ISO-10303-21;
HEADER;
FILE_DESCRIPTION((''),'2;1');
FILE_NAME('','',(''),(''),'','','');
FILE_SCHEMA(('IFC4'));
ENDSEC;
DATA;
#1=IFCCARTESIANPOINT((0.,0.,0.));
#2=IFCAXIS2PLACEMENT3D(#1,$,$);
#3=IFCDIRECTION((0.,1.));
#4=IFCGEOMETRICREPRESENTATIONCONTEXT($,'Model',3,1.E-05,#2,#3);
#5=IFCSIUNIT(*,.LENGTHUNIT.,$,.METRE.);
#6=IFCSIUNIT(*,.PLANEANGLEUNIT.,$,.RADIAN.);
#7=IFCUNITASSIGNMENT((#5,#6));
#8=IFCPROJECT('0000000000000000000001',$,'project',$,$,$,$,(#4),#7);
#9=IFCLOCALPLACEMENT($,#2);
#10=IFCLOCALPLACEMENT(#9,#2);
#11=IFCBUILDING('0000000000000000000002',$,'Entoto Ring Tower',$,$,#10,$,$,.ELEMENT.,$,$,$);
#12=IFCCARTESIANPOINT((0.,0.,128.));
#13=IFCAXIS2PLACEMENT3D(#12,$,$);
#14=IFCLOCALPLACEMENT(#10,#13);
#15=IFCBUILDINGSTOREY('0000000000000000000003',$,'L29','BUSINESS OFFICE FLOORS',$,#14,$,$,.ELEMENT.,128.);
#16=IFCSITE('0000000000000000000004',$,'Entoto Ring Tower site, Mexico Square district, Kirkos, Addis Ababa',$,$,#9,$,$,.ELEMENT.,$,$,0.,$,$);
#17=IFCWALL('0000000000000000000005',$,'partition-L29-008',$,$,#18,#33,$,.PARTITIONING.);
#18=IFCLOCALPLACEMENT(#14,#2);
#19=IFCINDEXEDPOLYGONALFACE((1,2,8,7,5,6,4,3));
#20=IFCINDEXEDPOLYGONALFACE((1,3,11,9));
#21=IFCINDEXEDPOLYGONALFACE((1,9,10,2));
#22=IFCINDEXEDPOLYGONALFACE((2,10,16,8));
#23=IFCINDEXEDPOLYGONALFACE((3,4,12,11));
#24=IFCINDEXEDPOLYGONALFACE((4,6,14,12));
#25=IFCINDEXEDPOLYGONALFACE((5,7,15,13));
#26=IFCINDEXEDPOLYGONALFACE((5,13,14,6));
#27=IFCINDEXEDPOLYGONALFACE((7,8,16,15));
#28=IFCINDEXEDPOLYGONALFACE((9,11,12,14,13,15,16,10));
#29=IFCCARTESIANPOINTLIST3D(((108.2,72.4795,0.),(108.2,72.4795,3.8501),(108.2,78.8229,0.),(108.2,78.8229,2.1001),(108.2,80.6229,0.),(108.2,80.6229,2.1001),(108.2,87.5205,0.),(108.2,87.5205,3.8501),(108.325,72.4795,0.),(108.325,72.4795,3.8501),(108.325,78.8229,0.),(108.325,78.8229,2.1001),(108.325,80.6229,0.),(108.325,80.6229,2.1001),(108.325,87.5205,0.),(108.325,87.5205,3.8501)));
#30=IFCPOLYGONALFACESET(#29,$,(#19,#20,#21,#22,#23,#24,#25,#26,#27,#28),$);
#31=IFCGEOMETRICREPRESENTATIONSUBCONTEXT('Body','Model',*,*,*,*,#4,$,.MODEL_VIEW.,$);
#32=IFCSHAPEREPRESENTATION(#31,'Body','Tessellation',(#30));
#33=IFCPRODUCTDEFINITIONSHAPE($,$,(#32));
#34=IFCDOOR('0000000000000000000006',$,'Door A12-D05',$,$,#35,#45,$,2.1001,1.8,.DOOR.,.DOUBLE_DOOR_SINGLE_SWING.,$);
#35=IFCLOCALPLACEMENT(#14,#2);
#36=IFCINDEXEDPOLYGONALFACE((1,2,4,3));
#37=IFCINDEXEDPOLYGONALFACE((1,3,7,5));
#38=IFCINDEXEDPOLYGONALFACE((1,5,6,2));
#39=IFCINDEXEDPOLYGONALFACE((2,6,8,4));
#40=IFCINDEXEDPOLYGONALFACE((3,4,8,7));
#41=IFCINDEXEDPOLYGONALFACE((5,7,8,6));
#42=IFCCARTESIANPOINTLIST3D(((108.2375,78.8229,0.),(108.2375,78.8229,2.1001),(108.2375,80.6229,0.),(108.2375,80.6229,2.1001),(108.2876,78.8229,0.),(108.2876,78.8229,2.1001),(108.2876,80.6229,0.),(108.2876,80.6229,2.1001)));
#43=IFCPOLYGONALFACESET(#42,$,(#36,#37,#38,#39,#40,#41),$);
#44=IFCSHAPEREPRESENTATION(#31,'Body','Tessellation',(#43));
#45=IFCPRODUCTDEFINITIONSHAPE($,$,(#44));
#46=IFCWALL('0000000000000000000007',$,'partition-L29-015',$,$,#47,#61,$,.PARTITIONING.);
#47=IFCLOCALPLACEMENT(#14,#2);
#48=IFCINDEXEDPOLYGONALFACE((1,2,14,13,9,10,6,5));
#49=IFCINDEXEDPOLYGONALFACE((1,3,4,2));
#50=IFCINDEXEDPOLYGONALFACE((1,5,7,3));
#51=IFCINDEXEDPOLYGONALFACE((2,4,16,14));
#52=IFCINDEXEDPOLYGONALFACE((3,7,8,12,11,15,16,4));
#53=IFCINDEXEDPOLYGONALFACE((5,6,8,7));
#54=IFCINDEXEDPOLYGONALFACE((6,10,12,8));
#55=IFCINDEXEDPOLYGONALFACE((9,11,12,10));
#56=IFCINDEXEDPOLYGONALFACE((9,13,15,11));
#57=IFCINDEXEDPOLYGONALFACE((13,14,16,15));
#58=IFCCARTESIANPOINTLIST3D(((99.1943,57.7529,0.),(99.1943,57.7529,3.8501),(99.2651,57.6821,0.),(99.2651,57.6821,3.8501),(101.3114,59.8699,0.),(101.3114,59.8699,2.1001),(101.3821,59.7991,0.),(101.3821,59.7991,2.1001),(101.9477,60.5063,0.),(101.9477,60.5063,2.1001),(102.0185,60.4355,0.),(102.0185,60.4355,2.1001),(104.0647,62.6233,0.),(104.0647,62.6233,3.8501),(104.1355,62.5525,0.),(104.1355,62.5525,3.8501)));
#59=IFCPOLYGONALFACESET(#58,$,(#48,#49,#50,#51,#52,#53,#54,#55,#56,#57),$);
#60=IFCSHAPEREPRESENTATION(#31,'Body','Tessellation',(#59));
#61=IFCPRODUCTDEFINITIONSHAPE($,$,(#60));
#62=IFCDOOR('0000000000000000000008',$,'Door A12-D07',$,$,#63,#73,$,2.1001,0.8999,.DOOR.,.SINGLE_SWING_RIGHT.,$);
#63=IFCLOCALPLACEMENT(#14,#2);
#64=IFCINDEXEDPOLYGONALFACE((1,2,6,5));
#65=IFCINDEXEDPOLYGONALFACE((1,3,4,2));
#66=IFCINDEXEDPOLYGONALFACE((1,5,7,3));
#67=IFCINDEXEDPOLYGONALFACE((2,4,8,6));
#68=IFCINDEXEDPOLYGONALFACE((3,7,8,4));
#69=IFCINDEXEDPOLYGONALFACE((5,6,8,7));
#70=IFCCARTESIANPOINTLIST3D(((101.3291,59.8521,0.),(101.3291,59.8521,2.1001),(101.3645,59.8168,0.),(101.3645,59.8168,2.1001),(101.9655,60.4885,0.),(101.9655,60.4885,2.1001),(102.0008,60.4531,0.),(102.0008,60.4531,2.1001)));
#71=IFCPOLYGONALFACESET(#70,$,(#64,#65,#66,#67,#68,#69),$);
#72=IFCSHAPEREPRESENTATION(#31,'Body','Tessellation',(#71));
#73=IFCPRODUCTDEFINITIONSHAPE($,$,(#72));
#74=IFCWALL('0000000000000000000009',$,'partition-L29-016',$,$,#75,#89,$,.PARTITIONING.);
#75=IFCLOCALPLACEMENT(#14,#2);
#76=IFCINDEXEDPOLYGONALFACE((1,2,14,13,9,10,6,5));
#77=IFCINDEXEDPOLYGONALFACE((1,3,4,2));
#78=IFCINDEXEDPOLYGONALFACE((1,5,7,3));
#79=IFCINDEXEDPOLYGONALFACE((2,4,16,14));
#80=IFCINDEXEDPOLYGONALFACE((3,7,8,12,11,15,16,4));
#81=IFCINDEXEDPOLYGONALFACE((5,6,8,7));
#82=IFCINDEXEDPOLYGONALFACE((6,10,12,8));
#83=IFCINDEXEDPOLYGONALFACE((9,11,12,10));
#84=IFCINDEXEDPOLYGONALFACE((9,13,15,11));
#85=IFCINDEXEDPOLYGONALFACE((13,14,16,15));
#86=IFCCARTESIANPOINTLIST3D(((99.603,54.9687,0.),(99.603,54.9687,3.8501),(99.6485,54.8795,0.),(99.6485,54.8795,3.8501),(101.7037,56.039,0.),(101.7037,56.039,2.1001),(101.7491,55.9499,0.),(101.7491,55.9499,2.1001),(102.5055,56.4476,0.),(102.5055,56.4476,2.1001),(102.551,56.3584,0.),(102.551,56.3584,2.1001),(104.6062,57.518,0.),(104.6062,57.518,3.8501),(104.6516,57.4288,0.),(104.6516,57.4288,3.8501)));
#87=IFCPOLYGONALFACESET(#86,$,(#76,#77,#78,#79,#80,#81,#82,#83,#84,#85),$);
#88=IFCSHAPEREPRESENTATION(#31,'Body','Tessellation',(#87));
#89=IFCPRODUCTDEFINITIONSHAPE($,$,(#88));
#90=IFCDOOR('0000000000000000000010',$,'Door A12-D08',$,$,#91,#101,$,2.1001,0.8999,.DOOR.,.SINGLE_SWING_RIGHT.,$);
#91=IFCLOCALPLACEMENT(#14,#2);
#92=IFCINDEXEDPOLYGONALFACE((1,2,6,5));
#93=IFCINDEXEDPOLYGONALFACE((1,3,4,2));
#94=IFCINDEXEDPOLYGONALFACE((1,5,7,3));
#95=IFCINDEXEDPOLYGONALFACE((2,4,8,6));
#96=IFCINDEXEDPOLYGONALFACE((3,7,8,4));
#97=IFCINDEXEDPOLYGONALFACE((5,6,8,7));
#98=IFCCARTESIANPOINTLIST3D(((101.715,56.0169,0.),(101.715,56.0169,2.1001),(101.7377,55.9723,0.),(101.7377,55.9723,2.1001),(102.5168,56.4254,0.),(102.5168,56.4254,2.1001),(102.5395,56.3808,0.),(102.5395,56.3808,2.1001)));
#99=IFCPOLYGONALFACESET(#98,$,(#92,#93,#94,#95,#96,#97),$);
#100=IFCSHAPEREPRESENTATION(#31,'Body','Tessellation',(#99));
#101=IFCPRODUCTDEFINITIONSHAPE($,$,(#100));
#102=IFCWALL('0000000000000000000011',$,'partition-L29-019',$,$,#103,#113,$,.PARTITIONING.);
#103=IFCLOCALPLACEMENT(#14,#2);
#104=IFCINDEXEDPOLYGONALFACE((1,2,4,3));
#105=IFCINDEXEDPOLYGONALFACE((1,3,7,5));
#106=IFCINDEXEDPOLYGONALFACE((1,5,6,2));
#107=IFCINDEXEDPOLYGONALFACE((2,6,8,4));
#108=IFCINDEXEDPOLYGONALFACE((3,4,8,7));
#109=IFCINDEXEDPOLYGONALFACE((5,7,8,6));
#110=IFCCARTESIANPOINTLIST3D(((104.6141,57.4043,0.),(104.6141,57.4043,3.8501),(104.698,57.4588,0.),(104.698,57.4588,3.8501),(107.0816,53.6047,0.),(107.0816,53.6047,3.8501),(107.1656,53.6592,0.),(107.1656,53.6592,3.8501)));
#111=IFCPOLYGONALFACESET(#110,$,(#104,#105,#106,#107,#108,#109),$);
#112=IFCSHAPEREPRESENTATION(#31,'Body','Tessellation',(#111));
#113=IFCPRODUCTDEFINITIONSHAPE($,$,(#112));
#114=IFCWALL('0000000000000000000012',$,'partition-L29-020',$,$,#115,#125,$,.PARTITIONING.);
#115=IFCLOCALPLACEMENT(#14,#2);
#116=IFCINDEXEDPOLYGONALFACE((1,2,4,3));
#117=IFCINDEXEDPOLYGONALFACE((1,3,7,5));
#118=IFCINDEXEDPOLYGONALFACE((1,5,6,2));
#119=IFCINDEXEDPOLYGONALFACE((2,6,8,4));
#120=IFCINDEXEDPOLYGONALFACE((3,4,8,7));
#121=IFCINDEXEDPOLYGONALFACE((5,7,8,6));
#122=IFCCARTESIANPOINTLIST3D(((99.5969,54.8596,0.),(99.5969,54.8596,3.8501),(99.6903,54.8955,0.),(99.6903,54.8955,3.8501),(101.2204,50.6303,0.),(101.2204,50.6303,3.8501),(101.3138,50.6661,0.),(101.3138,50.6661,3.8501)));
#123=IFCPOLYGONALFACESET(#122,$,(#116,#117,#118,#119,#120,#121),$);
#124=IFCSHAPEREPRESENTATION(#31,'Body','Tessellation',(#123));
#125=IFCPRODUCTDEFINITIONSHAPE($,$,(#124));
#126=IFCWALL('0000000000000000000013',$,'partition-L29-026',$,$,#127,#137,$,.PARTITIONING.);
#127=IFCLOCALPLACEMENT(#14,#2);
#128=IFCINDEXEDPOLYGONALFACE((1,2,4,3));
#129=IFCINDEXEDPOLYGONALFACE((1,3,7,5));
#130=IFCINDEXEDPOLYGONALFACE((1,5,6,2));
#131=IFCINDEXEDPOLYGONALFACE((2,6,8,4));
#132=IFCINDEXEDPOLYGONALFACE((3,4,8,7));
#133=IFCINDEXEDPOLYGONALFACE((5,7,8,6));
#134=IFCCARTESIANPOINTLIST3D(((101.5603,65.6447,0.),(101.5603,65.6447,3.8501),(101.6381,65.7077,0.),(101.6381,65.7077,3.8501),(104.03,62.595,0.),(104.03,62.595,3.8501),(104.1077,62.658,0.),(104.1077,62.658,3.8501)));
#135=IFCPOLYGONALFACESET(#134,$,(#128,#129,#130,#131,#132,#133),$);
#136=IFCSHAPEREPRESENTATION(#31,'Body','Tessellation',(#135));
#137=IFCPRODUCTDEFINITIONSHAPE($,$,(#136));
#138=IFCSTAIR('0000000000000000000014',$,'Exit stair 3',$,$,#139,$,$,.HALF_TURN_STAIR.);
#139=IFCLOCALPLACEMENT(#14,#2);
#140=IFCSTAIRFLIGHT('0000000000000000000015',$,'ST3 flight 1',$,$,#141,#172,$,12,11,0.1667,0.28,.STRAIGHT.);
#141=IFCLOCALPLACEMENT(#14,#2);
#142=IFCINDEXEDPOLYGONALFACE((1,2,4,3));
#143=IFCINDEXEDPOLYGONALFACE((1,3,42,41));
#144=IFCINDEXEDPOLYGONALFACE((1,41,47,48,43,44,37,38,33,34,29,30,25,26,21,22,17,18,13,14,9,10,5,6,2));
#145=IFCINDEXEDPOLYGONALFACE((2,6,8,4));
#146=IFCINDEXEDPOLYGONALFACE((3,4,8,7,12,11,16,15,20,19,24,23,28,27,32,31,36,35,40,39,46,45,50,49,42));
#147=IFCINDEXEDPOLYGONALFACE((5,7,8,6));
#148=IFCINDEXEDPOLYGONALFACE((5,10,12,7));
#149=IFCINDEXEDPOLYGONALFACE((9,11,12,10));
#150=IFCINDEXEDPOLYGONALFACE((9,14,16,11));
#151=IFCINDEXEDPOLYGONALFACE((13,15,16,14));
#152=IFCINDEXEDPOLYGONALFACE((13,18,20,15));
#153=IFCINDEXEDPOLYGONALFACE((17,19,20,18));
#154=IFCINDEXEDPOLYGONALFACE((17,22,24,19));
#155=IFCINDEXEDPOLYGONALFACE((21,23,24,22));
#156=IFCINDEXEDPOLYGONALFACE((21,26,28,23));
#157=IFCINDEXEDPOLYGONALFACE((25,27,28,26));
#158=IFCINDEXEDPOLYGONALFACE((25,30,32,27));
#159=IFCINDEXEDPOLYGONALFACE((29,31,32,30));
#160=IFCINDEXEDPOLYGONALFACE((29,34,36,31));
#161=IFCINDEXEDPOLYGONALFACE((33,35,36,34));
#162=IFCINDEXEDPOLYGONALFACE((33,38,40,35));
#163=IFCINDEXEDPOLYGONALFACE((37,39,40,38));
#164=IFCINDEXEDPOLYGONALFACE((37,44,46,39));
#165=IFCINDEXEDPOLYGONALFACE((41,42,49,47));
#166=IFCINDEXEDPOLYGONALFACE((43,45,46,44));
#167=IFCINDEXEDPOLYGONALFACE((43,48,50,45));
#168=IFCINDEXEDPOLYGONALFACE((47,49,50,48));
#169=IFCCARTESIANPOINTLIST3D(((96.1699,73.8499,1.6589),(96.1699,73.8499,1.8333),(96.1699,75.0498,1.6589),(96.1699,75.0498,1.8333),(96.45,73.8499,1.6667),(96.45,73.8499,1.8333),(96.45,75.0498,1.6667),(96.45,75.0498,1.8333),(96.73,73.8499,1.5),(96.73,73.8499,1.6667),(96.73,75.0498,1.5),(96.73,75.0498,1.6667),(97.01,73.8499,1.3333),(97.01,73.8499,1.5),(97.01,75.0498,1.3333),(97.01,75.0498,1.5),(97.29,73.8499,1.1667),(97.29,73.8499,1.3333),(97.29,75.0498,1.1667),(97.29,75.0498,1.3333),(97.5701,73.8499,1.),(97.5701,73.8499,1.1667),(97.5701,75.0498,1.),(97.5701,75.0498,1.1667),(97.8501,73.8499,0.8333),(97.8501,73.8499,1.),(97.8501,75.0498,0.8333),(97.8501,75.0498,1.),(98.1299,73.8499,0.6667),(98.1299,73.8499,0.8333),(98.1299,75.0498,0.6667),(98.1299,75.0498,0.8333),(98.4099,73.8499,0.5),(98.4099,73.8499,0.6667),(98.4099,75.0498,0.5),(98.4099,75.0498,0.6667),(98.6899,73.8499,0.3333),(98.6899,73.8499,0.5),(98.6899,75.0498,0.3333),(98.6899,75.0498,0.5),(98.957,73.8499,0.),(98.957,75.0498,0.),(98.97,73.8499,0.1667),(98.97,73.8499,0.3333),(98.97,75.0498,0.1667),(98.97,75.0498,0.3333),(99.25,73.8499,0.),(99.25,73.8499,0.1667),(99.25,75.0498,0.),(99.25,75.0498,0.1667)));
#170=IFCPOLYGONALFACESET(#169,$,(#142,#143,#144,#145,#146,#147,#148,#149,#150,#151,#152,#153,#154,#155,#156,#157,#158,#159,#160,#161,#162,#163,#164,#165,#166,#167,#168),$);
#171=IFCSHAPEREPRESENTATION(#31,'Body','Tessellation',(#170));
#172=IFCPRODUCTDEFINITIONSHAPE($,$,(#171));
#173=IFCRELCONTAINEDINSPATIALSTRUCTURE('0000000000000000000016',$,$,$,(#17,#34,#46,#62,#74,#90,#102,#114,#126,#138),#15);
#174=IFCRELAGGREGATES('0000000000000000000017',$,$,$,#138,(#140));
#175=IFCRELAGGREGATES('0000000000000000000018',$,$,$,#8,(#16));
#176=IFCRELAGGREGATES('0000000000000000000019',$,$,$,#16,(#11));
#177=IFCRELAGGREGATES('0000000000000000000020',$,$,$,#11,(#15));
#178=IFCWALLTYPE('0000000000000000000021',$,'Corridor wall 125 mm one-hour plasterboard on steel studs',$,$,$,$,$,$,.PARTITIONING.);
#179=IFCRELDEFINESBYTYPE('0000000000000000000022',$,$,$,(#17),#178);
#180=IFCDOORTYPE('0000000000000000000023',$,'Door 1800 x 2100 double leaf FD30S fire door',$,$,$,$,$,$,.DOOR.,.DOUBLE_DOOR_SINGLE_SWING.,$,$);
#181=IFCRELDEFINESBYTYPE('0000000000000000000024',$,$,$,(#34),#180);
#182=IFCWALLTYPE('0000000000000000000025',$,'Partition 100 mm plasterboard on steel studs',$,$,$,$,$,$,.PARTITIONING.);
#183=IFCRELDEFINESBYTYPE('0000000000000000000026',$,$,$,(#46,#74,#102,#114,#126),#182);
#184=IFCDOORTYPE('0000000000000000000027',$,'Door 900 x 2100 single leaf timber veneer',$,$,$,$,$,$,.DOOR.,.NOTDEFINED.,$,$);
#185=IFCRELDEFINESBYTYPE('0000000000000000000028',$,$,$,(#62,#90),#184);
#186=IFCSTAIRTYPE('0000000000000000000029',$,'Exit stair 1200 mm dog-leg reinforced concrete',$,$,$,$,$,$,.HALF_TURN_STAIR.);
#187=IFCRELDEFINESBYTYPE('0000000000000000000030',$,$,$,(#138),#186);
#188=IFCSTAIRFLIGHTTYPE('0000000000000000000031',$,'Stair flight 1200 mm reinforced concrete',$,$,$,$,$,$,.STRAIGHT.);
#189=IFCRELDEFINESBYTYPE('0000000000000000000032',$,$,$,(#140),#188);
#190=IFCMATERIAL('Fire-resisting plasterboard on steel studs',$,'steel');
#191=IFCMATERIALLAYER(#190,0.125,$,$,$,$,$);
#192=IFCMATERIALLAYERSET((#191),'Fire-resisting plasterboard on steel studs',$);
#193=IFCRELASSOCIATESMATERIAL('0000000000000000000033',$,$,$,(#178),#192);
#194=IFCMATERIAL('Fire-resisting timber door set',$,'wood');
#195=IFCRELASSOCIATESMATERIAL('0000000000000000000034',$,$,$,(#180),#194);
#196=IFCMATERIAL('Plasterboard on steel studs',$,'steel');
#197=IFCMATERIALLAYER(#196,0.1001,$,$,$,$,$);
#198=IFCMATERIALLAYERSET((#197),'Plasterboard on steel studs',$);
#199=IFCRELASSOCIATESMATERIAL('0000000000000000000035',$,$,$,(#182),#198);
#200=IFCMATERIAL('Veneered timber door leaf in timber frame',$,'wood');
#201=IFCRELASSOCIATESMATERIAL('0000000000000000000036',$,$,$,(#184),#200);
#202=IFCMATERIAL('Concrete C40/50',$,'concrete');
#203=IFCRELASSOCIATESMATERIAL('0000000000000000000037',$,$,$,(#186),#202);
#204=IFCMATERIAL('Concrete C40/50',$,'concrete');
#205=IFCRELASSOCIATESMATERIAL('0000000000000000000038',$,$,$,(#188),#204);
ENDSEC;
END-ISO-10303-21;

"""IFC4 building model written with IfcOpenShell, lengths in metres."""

from ifc_helpers import new_model, si_unit, direction, frame, frame_2d, origin, place, context, subcontext, project, spatial, polyline, rectangle, outline, extrude, material, layer, layer_set, type_object, element, fill, aggregate, save


model = new_model("IFC4")

# Units and contexts
model_context = context("Model", 3, precision=1e-05, world=origin(), true_north=direction((0.0, 1.0)))
body_context = subcontext(model_context, "Body", "Model", "MODEL_VIEW")
ifc_project = project(units=[si_unit("LENGTHUNIT", "METRE"), si_unit("PLANEANGLEUNIT", "RADIAN")], contexts=[model_context])

# Site, building, storey
site_placement = place(None, origin())
site = spatial("IfcSite", under=ifc_project, at=site_placement, Name="Entoto Ring Tower site, Mexico Square district, Kirkos, Addis Ababa", CompositionType="ELEMENT", RefElevation=0.0)
building_placement = place(site_placement, origin())
building = spatial("IfcBuilding", under=site, at=building_placement, Name="Entoto Ring Tower", CompositionType="ELEMENT")
storey_placement = place(building_placement, frame((0.0, 0.0, 128.0)))
storey = spatial("IfcBuildingStorey", under=building, at=storey_placement, Name="L29", Description="BUSINESS OFFICE FLOORS", CompositionType="ELEMENT", Elevation=128.0)

# Walls, openings, doors
ifc_material_1 = material(Name="Fire-resisting plasterboard on steel studs", Category="steel")
ifc_layer_1 = layer(ifc_material_1, 0.125)
ifc_layer_set_1 = layer_set([ifc_layer_1], Name="Fire-resisting plasterboard on steel studs")
wall_type_1 = type_object("IfcWallType", Name="Corridor wall 125 mm one-hour plasterboard on steel studs", PredefinedType="PARTITIONING", material=ifc_layer_set_1)
wall_1_placement = place(storey_placement, frame((108.2625, 72.4795, 0.0), z_axis=(0.0, 0.0, 1.0), x_axis=(0.0, 1.0, 0.0)))
wall_1 = element("IfcWall", 1, at=wall_1_placement, inside=storey, type_object=wall_type_1, Name="partition-L29-008", PredefinedType="PARTITIONING", context=body_context, shape_type="SweptSolid", body=[
    extrude(rectangle(XDim=15.041, YDim=0.125, at=frame_2d((7.5205, 0.0))), origin(), (0.0, 0.0, 1.0), 3.8501),
])
opening_1_placement = place(wall_1_placement, frame((6.3435, 0.0, 0.0)))
opening_1 = element("IfcOpeningElement", 2, at=opening_1_placement, cuts=wall_1, PredefinedType="OPENING", context=body_context, shape_type="SweptSolid", body=[
    extrude(rectangle(XDim=1.8, YDim=2.1001, at=frame_2d((0.8999, 1.05))), frame((0.0, 0.0725, 0.0), z_axis=(0.0, -1.0, 0.0), x_axis=(1.0, 0.0, 0.0)), (0.0, 0.0, 1.0), 0.145),
])
ifc_material_2 = material(Name="Fire-resisting timber door set", Category="wood")
door_type_1 = type_object("IfcDoorType", Name="Door 1800 x 2100 double leaf FD30S fire door", OperationType="DOUBLE_DOOR_SINGLE_SWING", PredefinedType="DOOR", material=ifc_material_2)
door_1_placement = place(opening_1_placement, origin())
door_1 = element("IfcDoor", 3, at=door_1_placement, inside=storey, type_object=door_type_1, Name="Door A12-D05", OperationType="DOUBLE_DOOR_SINGLE_SWING", OverallHeight=2.1001, OverallWidth=1.8, PredefinedType="DOOR", context=body_context, shape_type="SweptSolid", body=[
    extrude(rectangle(XDim=1.8, YDim=2.1001, at=frame_2d((0.8999, 1.05))), frame((0.0, 0.0249, 0.0), z_axis=(0.0, -1.0, 0.0), x_axis=(1.0, 0.0, 0.0)), (0.0, 0.0, 1.0), 0.05),
])
fill(opening_1, door_1)
ifc_material_3 = material(Name="Plasterboard on steel studs", Category="steel")
ifc_layer_2 = layer(ifc_material_3, 0.1001)
ifc_layer_set_2 = layer_set([ifc_layer_2], Name="Plasterboard on steel studs")
wall_type_2 = type_object("IfcWallType", Name="Partition 100 mm plasterboard on steel studs", PredefinedType="PARTITIONING", material=ifc_layer_set_2)
wall_2_placement = place(storey_placement, frame((99.2297, 57.7175, 0.0), z_axis=(0.0, 0.0, 1.0), x_axis=(0.707107, 0.707107, 0.0)))
wall_2 = element("IfcWall", 4, at=wall_2_placement, inside=storey, type_object=wall_type_2, Name="partition-L29-015", PredefinedType="PARTITIONING", context=body_context, shape_type="SweptSolid", body=[
    extrude(rectangle(XDim=6.8877, YDim=0.1001, at=frame_2d((3.4438, 0.0))), origin(), (0.0, 0.0, 1.0), 3.8501),
])
opening_2_placement = place(wall_2_placement, frame((2.9939, 0.0, 0.0)))
opening_2 = element("IfcOpeningElement", 5, at=opening_2_placement, cuts=wall_2, PredefinedType="OPENING", context=body_context, shape_type="SweptSolid", body=[
    extrude(rectangle(XDim=0.8999, YDim=2.1001, at=frame_2d((0.45, 1.05))), frame((0.0, 0.0601, 0.0), z_axis=(0.0, -1.0, 0.0), x_axis=(1.0, 0.0, 0.0)), (0.0, 0.0, 1.0), 0.1201),
])
ifc_material_4 = material(Name="Veneered timber door leaf in timber frame", Category="wood")
door_type_2 = type_object("IfcDoorType", Name="Door 900 x 2100 single leaf timber veneer", OperationType="NOTDEFINED", PredefinedType="DOOR", material=ifc_material_4)
door_2_placement = place(opening_2_placement, origin())
door_2 = element("IfcDoor", 6, at=door_2_placement, inside=storey, type_object=door_type_2, Name="Door A12-D07", OperationType="SINGLE_SWING_RIGHT", OverallHeight=2.1001, OverallWidth=0.8999, PredefinedType="DOOR", context=body_context, shape_type="SweptSolid", body=[
    extrude(rectangle(XDim=0.8999, YDim=2.1001, at=frame_2d((0.45, 1.05))), frame((0.0, 0.0249, 0.0), z_axis=(0.0, -1.0, 0.0), x_axis=(1.0, 0.0, 0.0)), (0.0, 0.0, 1.0), 0.05),
])
fill(opening_2, door_2)
wall_3_placement = place(storey_placement, frame((99.6257, 54.9241, 0.0), z_axis=(0.0, 0.0, 1.0), x_axis=(0.891001, 0.454001, 0.0)))
wall_3 = element("IfcWall", 7, at=wall_3_placement, inside=storey, type_object=wall_type_2, Name="partition-L29-016", PredefinedType="PARTITIONING", context=body_context, shape_type="SweptSolid", body=[
    extrude(rectangle(XDim=5.6152, YDim=0.1001, at=frame_2d((2.8076, 0.0))), origin(), (0.0, 0.0, 1.0), 3.8501),
])
opening_3_placement = place(wall_3_placement, frame((2.3577, 0.0, 0.0)))
opening_3 = element("IfcOpeningElement", 8, at=opening_3_placement, cuts=wall_3, PredefinedType="OPENING", context=body_context, shape_type="SweptSolid", body=[
    extrude(rectangle(XDim=0.8999, YDim=2.1001, at=frame_2d((0.45, 1.05))), frame((0.0, 0.0601, 0.0), z_axis=(0.0, -1.0, 0.0), x_axis=(1.0, 0.0, 0.0)), (0.0, 0.0, 1.0), 0.1201),
])
door_3_placement = place(opening_3_placement, frame((0.8999, 0.0, 0.0), z_axis=(0.0, 0.0, 1.0), x_axis=(-1.0, 0.0, 0.0)))
door_3 = element("IfcDoor", 9, at=door_3_placement, inside=storey, type_object=door_type_2, Name="Door A12-D08", OperationType="SINGLE_SWING_RIGHT", OverallHeight=2.1001, OverallWidth=0.8999, PredefinedType="DOOR", context=body_context, shape_type="SweptSolid", body=[
    extrude(rectangle(XDim=0.8999, YDim=2.1001, at=frame_2d((0.45, 1.05))), frame((0.0, 0.0249, 0.0), z_axis=(0.0, -1.0, 0.0), x_axis=(1.0, 0.0, 0.0)), (0.0, 0.0, 1.0), 0.05),
])
fill(opening_3, door_3)

# Walls
wall_4_placement = place(storey_placement, frame((107.1235, 53.6321, 0.0), z_axis=(0.0, 0.0, 1.0), x_axis=(-0.544649, 0.838664, 0.0)))
element("IfcWall", 10, at=wall_4_placement, inside=storey, type_object=wall_type_2, Name="partition-L29-019", PredefinedType="PARTITIONING", context=body_context, shape_type="SweptSolid", body=[
    extrude(rectangle(XDim=4.5305, YDim=0.1001, at=frame_2d((2.2651, 0.0))), origin(), (0.0, 0.0, 1.0), 3.8501),
])
wall_5_placement = place(storey_placement, frame((101.2671, 50.6482, 0.0), z_axis=(0.0, 0.0, 1.0), x_axis=(-0.358365, 0.933582, 0.0)))
element("IfcWall", 11, at=wall_5_placement, inside=storey, type_object=wall_type_2, Name="partition-L29-020", PredefinedType="PARTITIONING", context=body_context, shape_type="SweptSolid", body=[
    extrude(rectangle(XDim=4.5303, YDim=0.1001, at=frame_2d((2.2651, 0.0))), origin(), (0.0, 0.0, 1.0), 3.8501),
])
wall_6_placement = place(storey_placement, frame((104.0688, 62.6265, 0.0), z_axis=(0.0, 0.0, 1.0), x_axis=(-0.629327, 0.777141, 0.0)))
element("IfcWall", 12, at=wall_6_placement, inside=storey, type_object=wall_type_2, Name="partition-L29-026", PredefinedType="PARTITIONING", context=body_context, shape_type="SweptSolid", body=[
    extrude(rectangle(XDim=3.9243, YDim=0.1001, at=frame_2d((1.9622, 0.0))), origin(), (0.0, 0.0, 1.0), 3.8501),
])

# Stair, stair flight
ifc_material_5 = material(Name="Concrete C40/50", Category="concrete")
stair_type = type_object("IfcStairType", Name="Exit stair 1200 mm dog-leg reinforced concrete", PredefinedType="HALF_TURN_STAIR", material=ifc_material_5)
stair_placement = place(storey_placement, origin())
stair = element("IfcStair", 13, at=stair_placement, inside=storey, type_object=stair_type, Name="Exit stair 3", PredefinedType="HALF_TURN_STAIR")
ifc_material_6 = material(Name="Concrete C40/50", Category="concrete")
stair_flight_type = type_object("IfcStairFlightType", Name="Stair flight 1200 mm reinforced concrete", PredefinedType="STRAIGHT", material=ifc_material_6)
stair_flight_placement = place(storey_placement, frame((99.25, 74.45, 0.0), z_axis=(0.0, 0.0, 1.0), x_axis=(-1.0, 0.0, 0.0)))
stair_flight = element("IfcStairFlight", 14, at=stair_flight_placement, type_object=stair_flight_type, Name="ST3 flight 1", NumberOfRisers=12, NumberOfTreads=11, PredefinedType="STRAIGHT", RiserHeight=0.1667, TreadLength=0.28, context=body_context, shape_type="SweptSolid", body=[
    extrude(outline(polyline([(0.0, 0.0), (0.0, 0.1667), (0.28, 0.1667), (0.28, 0.3333), (0.5601, 0.3333), (0.5601, 0.5), (0.8401, 0.5), (0.8401, 0.6667), (1.1201, 0.6667), (1.1201, 0.8333), (1.3999, 0.8333), (1.3999, 1.0), (1.6799, 1.0), (1.6799, 1.1667), (1.96, 1.1667), (1.96, 1.3333), (2.24, 1.3333), (2.24, 1.5), (2.52, 1.5), (2.52, 1.6667), (2.8, 1.6667), (2.8, 1.8333), (3.0801, 1.8333), (3.0801, 2.0), (3.0801, 1.6589), (0.293, 0.0), (0.0, 0.0)])), frame((0.0, 0.6001, 0.0), z_axis=(0.0, -1.0, 0.0), x_axis=(1.0, 0.0, 0.0)), (0.0, 0.0, 1.0), 1.2),
])
aggregate(stair, [stair_flight])

save(model, "model.ifc")
